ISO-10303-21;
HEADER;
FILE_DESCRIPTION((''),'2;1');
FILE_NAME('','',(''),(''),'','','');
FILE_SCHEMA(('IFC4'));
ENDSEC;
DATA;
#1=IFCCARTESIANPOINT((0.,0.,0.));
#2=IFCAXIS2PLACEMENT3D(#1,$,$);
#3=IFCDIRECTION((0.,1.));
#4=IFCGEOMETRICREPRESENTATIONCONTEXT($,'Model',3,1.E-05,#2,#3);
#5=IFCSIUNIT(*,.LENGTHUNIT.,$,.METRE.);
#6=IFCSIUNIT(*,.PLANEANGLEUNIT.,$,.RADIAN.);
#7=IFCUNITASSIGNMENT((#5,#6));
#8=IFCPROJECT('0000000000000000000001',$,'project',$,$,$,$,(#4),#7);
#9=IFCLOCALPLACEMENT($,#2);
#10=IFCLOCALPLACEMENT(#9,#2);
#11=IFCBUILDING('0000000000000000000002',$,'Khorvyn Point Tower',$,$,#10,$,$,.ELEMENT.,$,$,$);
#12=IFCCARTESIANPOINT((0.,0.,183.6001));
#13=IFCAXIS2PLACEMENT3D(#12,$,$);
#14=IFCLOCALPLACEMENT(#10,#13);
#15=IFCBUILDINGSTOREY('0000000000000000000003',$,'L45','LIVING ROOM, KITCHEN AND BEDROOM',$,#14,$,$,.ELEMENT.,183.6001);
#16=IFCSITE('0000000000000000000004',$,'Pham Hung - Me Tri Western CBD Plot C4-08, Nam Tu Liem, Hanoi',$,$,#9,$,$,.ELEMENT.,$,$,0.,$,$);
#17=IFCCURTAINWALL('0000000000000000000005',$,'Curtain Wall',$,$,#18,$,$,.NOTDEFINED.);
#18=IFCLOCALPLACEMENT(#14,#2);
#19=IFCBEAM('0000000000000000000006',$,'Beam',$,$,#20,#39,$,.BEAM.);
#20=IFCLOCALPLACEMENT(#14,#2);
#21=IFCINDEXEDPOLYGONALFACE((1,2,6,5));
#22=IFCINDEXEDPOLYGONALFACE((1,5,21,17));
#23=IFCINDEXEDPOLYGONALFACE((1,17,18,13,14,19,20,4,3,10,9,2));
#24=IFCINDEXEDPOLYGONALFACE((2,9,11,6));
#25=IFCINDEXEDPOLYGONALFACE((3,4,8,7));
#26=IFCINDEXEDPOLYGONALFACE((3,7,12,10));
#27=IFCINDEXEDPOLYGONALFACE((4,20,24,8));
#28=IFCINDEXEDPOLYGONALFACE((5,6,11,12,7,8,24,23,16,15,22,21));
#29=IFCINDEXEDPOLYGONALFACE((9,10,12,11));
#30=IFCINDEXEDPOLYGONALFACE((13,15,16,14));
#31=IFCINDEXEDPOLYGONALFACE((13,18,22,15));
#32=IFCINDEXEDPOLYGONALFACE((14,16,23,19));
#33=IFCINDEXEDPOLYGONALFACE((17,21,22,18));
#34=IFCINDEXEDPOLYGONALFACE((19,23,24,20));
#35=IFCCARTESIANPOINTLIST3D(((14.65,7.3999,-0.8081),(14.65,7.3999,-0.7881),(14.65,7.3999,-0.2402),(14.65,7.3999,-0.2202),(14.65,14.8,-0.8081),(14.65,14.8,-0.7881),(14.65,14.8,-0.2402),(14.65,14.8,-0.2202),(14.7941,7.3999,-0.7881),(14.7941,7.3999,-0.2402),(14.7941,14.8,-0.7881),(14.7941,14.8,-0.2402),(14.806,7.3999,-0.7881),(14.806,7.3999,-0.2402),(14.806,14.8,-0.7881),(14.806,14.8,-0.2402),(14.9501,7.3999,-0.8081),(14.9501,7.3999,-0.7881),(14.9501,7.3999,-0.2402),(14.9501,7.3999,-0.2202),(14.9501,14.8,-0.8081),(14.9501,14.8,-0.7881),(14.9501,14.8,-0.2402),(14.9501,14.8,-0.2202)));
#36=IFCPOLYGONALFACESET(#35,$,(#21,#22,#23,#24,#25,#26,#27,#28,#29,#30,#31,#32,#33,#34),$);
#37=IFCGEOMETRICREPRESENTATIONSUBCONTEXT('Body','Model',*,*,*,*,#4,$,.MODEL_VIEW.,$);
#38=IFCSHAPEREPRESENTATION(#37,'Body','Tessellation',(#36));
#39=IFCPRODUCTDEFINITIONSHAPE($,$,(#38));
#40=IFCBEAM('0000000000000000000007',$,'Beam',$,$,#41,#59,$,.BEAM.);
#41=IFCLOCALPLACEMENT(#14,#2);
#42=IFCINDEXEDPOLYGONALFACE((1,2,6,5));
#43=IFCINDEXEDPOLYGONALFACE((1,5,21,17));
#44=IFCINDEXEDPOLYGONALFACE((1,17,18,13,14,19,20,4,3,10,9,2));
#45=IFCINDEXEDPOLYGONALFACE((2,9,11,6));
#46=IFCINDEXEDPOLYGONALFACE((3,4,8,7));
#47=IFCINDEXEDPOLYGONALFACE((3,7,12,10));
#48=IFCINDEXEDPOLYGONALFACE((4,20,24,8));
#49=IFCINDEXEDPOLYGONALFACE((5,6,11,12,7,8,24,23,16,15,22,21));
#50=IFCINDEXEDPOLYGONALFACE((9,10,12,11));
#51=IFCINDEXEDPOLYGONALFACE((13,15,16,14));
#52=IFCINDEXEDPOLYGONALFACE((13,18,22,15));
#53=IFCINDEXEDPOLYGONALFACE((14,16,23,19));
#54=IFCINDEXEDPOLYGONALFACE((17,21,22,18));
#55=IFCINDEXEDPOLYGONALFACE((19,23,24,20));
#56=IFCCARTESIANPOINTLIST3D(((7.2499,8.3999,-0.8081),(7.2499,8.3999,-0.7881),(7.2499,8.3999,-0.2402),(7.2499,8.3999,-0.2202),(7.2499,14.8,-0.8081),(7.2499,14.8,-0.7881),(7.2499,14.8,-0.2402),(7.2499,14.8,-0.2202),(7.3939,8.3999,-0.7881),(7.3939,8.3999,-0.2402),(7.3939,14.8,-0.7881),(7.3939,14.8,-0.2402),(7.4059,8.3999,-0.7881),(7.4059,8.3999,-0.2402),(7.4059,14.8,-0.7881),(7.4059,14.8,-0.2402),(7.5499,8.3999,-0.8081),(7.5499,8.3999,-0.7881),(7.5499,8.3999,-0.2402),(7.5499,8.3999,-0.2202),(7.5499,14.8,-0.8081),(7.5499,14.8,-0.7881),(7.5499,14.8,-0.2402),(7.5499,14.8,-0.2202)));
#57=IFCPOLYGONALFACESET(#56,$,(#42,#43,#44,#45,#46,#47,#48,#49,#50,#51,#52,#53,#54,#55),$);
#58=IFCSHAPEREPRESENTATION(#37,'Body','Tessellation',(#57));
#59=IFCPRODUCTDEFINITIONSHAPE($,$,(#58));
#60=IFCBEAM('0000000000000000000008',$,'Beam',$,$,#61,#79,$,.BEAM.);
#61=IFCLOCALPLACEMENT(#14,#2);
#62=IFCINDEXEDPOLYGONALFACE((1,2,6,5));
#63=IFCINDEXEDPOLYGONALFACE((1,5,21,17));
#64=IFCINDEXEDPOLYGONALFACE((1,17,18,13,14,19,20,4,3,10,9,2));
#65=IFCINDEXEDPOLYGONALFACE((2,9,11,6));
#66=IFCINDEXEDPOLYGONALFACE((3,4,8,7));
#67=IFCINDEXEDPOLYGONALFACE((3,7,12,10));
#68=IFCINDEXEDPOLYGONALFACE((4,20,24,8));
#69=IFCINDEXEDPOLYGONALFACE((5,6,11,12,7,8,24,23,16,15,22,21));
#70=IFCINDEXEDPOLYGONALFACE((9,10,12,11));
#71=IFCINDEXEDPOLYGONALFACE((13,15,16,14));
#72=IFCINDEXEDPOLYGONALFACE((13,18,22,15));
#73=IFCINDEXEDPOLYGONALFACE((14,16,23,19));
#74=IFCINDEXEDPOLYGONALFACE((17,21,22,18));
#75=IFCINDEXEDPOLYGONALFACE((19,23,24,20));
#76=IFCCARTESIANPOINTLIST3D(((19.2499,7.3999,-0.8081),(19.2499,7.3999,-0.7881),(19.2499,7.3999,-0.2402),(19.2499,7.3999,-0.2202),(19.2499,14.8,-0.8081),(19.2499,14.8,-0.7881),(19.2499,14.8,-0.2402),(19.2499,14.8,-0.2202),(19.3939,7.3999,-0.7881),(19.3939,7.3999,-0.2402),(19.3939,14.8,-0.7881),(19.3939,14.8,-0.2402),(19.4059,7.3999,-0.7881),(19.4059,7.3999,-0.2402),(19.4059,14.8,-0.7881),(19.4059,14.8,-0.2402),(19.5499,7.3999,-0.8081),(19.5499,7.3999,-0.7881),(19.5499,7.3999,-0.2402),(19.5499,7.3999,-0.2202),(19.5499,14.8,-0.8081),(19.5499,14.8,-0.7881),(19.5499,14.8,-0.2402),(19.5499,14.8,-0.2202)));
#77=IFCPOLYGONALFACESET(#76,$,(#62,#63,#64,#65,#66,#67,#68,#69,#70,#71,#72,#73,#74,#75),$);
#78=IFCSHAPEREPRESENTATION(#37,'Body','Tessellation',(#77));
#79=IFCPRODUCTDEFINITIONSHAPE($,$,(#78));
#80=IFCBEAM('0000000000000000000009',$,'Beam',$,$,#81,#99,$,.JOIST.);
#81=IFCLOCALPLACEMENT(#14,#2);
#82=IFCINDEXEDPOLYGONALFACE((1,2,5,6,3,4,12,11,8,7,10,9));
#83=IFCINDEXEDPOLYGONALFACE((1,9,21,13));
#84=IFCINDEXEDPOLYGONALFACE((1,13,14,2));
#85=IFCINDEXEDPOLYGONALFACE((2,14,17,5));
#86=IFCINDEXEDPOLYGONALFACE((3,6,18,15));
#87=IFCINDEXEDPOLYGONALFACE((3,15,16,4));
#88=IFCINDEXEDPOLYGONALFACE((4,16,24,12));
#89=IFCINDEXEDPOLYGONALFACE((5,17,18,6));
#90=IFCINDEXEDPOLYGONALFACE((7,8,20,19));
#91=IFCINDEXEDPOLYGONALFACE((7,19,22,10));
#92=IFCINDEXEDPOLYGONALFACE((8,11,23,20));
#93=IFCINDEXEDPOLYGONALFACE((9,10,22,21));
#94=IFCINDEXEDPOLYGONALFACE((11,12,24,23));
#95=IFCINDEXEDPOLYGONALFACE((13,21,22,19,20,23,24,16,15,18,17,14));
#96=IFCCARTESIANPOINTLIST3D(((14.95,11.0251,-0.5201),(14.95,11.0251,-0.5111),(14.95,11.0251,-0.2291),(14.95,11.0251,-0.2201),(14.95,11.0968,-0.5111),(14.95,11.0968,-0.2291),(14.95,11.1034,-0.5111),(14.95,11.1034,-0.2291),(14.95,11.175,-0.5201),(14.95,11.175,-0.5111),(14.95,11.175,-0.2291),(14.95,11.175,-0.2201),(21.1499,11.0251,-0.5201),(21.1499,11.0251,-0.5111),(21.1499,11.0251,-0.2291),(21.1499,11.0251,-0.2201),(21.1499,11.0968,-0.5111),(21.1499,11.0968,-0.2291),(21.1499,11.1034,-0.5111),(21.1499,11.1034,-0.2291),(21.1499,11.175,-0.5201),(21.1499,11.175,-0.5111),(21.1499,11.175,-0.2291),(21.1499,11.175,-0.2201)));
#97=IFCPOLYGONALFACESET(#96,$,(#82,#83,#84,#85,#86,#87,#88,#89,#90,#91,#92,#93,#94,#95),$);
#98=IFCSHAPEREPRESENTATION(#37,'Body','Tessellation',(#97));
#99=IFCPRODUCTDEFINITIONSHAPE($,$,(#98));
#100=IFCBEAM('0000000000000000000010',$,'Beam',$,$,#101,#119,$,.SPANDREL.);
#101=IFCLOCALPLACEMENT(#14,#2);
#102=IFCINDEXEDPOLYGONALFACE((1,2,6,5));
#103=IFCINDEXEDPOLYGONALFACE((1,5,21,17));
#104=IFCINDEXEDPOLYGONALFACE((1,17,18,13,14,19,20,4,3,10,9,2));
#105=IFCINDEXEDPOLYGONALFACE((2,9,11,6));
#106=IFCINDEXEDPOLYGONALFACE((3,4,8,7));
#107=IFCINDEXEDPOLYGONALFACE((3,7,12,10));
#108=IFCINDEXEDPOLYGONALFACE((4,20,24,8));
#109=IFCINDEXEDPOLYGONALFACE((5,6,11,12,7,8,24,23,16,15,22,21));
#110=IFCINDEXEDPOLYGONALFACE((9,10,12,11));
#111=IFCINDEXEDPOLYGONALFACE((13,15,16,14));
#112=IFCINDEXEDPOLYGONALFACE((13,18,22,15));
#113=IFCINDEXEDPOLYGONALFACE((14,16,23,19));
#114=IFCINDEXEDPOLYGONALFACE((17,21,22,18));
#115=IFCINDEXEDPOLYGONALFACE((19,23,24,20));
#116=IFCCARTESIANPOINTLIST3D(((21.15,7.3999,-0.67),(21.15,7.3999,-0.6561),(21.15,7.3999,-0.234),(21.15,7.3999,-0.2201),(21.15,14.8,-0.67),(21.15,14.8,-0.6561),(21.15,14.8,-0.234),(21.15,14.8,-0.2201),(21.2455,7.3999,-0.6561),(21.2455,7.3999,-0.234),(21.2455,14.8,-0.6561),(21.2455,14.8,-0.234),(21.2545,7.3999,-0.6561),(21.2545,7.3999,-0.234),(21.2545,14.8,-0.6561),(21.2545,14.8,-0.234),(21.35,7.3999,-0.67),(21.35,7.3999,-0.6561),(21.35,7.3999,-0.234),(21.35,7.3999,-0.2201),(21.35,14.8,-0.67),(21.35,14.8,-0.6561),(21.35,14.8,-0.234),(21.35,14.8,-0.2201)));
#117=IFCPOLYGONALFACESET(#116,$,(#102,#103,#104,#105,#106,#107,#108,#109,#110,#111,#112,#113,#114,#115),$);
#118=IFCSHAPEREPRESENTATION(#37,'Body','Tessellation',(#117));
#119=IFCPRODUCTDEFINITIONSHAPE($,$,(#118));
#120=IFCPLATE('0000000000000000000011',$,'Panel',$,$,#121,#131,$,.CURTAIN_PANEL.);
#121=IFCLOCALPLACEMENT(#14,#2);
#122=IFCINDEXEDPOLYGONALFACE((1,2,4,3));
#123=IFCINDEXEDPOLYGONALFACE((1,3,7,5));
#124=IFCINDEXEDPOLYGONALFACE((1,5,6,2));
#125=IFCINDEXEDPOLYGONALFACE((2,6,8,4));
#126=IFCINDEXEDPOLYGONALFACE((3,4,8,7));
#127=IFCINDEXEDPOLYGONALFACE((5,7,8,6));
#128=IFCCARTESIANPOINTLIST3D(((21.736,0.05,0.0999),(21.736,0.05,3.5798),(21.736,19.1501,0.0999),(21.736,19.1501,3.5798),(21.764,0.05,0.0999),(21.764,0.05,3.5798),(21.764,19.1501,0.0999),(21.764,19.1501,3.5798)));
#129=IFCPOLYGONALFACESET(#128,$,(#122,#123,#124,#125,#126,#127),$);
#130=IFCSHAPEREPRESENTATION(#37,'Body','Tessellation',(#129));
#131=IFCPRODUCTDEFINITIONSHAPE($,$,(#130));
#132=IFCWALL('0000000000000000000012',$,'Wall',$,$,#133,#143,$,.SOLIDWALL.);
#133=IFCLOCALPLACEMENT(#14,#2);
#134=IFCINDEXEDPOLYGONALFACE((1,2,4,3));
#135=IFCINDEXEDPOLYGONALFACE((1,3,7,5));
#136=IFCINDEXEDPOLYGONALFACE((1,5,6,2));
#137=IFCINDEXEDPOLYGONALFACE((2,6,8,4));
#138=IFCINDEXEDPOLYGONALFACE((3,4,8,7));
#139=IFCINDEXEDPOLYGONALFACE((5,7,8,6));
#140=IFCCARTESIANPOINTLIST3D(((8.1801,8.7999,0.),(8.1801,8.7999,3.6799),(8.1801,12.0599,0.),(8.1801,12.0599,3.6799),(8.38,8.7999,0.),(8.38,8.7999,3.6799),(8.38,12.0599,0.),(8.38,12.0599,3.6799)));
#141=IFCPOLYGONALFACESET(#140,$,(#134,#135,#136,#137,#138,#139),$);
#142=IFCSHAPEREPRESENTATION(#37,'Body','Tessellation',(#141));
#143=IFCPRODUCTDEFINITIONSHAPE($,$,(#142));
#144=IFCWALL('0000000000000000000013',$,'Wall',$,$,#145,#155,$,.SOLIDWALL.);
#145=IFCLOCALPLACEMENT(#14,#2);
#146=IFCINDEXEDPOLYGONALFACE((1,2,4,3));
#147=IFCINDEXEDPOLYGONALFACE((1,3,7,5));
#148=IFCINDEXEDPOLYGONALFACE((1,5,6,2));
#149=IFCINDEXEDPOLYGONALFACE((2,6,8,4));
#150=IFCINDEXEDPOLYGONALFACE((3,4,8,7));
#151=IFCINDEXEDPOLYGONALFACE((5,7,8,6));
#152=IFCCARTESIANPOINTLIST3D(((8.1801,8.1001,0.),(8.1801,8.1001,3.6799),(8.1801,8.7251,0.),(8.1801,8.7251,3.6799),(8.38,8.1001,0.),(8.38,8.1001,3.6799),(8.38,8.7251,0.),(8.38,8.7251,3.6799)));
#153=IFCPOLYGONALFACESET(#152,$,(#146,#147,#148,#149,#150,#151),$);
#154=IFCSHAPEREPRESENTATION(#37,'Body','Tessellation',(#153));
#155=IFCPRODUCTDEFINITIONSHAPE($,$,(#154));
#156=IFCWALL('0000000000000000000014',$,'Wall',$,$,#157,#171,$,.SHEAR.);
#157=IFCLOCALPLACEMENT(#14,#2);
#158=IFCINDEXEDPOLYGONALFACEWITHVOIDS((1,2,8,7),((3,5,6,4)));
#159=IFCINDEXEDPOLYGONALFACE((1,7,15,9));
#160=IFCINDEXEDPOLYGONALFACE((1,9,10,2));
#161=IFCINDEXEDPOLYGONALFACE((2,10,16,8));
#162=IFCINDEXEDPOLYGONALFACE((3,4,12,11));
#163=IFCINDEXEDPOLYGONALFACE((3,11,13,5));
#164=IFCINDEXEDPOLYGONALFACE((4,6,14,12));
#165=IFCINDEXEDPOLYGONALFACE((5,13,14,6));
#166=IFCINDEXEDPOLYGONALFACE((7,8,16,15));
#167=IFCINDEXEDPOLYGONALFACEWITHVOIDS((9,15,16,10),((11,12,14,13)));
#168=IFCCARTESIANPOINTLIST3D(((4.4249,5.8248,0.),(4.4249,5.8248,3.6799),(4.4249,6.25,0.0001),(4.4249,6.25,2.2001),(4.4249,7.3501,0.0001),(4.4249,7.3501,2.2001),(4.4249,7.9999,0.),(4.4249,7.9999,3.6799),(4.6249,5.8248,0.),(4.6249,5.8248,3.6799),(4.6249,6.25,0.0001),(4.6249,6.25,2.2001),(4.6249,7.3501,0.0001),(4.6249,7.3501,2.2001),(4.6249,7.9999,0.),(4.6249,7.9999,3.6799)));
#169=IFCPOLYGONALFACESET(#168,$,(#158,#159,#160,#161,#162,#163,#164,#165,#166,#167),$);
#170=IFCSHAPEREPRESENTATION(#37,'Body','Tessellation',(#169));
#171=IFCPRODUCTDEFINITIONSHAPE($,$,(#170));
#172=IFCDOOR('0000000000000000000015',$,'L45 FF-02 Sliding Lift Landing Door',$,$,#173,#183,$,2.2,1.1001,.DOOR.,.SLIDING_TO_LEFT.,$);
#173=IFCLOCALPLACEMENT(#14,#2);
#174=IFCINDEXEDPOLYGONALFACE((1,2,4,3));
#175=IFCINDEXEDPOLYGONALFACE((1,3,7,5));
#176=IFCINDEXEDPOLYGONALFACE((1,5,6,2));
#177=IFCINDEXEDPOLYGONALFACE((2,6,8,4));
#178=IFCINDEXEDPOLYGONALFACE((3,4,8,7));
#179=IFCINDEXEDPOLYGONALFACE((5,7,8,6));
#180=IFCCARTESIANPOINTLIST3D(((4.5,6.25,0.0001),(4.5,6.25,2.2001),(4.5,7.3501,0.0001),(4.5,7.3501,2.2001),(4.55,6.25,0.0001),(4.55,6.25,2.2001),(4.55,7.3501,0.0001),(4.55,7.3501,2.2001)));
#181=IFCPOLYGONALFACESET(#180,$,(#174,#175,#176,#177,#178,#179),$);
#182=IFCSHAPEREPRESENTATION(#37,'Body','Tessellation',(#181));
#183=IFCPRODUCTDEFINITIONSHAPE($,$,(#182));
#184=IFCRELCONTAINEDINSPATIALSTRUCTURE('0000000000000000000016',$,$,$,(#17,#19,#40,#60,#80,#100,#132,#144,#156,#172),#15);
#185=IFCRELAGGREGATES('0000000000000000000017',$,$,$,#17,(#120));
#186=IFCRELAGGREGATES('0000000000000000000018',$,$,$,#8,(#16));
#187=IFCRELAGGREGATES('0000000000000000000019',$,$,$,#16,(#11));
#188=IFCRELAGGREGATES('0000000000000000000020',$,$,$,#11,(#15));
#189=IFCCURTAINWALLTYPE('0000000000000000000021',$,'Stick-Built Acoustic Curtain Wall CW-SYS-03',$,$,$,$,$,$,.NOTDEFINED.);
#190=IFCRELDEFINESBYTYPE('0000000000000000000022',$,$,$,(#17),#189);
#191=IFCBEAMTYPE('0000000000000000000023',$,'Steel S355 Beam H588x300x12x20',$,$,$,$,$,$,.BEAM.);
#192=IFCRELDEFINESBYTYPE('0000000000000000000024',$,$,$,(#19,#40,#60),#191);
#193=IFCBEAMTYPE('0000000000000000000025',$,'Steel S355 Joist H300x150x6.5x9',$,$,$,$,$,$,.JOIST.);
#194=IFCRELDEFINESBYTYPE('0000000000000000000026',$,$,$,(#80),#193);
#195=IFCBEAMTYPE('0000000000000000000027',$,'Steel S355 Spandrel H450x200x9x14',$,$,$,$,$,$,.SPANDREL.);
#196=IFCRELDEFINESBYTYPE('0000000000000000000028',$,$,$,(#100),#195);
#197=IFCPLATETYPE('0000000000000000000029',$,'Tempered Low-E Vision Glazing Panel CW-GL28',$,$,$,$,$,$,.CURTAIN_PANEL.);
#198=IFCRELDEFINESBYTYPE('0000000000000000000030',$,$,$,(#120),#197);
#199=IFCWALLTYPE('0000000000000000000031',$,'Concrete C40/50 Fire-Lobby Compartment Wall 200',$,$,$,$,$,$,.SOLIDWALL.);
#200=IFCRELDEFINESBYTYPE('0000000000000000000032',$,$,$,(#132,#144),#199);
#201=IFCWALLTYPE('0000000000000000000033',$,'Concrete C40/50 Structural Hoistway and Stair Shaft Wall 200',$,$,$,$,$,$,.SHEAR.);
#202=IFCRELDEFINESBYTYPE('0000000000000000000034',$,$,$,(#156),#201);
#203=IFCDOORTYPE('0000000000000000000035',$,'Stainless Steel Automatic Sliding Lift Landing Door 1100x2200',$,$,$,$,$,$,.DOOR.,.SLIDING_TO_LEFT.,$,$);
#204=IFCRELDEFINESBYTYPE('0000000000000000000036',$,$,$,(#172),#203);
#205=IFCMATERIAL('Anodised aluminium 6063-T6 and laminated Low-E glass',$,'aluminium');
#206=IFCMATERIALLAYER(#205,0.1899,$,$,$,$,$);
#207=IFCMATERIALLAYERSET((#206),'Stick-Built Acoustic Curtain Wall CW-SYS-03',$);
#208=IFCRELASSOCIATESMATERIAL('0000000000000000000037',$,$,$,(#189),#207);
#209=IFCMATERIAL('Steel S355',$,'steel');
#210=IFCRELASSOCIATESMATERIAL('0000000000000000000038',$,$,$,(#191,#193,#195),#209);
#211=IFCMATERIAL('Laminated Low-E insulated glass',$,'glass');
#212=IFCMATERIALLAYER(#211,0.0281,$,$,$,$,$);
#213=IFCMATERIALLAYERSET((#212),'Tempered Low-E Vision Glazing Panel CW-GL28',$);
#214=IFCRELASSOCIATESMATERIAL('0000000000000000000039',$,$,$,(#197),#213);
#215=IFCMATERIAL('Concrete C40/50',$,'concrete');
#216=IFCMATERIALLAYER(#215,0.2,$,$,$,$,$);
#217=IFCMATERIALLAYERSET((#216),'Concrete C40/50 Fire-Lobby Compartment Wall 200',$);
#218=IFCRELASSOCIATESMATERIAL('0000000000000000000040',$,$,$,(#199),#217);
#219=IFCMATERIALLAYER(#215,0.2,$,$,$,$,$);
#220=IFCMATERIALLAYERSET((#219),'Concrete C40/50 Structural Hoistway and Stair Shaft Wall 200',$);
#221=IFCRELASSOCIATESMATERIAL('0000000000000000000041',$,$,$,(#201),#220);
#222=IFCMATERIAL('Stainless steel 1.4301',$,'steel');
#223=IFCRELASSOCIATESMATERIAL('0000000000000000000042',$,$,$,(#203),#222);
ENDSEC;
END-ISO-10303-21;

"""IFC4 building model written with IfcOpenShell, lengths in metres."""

from ifc_helpers import new_model, si_unit, direction, frame, frame_2d, origin, origin_2d, place, context, subcontext, project, spatial, rectangle, i_section, extrude, material, layer, layer_set, material_profile, profile_set, type_object, element, fill, aggregate, save


model = new_model("IFC4")

# Units and contexts
model_context = context("Model", 3, precision=1e-05, world=origin(), true_north=direction((0.0, 1.0)))
body_context = subcontext(model_context, "Body", "Model", "MODEL_VIEW")
ifc_project = project(units=[si_unit("LENGTHUNIT", "METRE"), si_unit("PLANEANGLEUNIT", "RADIAN")], contexts=[model_context])

# Site, building, storey
site_placement = place(None, origin())
site = spatial("IfcSite", under=ifc_project, at=site_placement, Name="Pham Hung - Me Tri Western CBD Plot C4-08, Nam Tu Liem, Hanoi", CompositionType="ELEMENT", RefElevation=0.0)
building_placement = place(site_placement, origin())
building = spatial("IfcBuilding", under=site, at=building_placement, Name="Khorvyn Point Tower", CompositionType="ELEMENT")
storey_placement = place(building_placement, frame((0.0, 0.0, 183.6001)))
storey = spatial("IfcBuildingStorey", under=building, at=storey_placement, Name="L45", Description="LIVING ROOM, KITCHEN AND BEDROOM", CompositionType="ELEMENT", Elevation=183.6001)

# Curtain wall
ifc_material_1 = material(Name="Anodised aluminium 6063-T6 and laminated Low-E glass", Category="aluminium")
ifc_layer_1 = layer(ifc_material_1, 0.1899)
ifc_layer_set_1 = layer_set([ifc_layer_1], Name="Stick-Built Acoustic Curtain Wall CW-SYS-03")
curtain_wall_type = type_object("IfcCurtainWallType", Name="Stick-Built Acoustic Curtain Wall CW-SYS-03", PredefinedType="NOTDEFINED", material=ifc_layer_set_1)
curtain_wall_placement = place(storey_placement, origin())
curtain_wall = element("IfcCurtainWall", 1, at=curtain_wall_placement, inside=storey, type_object=curtain_wall_type, Name="Curtain Wall", PredefinedType="NOTDEFINED")

# Beams
ifc_material_2 = material(Name="Steel S355", Category="steel")
ifc_material_profile_1 = material_profile(ifc_material_2, i_section(OverallWidth=0.3, OverallDepth=0.5879, WebThickness=0.012, FlangeThickness=0.02, at=origin_2d()))
ifc_profile_set_1 = profile_set([ifc_material_profile_1], Name="Steel S355 H588x300x12x20")
beam_type_1 = type_object("IfcBeamType", Name="Steel S355 Beam H588x300x12x20", PredefinedType="BEAM", material=ifc_profile_set_1)
beam_1_placement = place(storey_placement, frame((14.8, 7.3999, -0.5142), z_axis=(0.0, 1.0, 0.0), x_axis=(-1.0, 0.0, 0.0)))
element("IfcBeam", 2, at=beam_1_placement, inside=storey, type_object=beam_type_1, Name="Beam", PredefinedType="BEAM", context=body_context, shape_type="SweptSolid", body=[
    extrude(i_section(OverallWidth=0.3, OverallDepth=0.5879, WebThickness=0.012, FlangeThickness=0.02, at=origin_2d()), origin(), (0.0, 0.0, 1.0), 7.4001),
])
beam_2_placement = place(storey_placement, frame((7.3999, 8.3999, -0.5142), z_axis=(0.0, 1.0, 0.0), x_axis=(-1.0, 0.0, 0.0)))
element("IfcBeam", 3, at=beam_2_placement, inside=storey, type_object=beam_type_1, Name="Beam", PredefinedType="BEAM", context=body_context, shape_type="SweptSolid", body=[
    extrude(i_section(OverallWidth=0.3, OverallDepth=0.5879, WebThickness=0.012, FlangeThickness=0.02, at=origin_2d()), origin(), (0.0, 0.0, 1.0), 6.4001),
])
beam_3_placement = place(storey_placement, frame((19.3999, 7.3999, -0.5142), z_axis=(0.0, 1.0, 0.0), x_axis=(-1.0, 0.0, 0.0)))
element("IfcBeam", 4, at=beam_3_placement, inside=storey, type_object=beam_type_1, Name="Beam", PredefinedType="BEAM", context=body_context, shape_type="SweptSolid", body=[
    extrude(i_section(OverallWidth=0.3, OverallDepth=0.5879, WebThickness=0.012, FlangeThickness=0.02, at=origin_2d()), origin(), (0.0, 0.0, 1.0), 7.4001),
])
ifc_material_profile_2 = material_profile(ifc_material_2, i_section(OverallWidth=0.1499, OverallDepth=0.3, WebThickness=0.0066, FlangeThickness=0.009, at=origin_2d()))
ifc_profile_set_2 = profile_set([ifc_material_profile_2], Name="Steel S355 H300x150x6.5x9")
beam_type_2 = type_object("IfcBeamType", Name="Steel S355 Joist H300x150x6.5x9", PredefinedType="JOIST", material=ifc_profile_set_2)
beam_4_placement = place(storey_placement, frame((14.95, 11.1001, -0.3701), z_axis=(1.0, 0.0, 0.0), x_axis=(0.0, 1.0, 0.0)))
element("IfcBeam", 5, at=beam_4_placement, inside=storey, type_object=beam_type_2, Name="Beam", PredefinedType="JOIST", context=body_context, shape_type="SweptSolid", body=[
    extrude(i_section(OverallWidth=0.1499, OverallDepth=0.3, WebThickness=0.0066, FlangeThickness=0.009, at=origin_2d()), origin(), (0.0, 0.0, 1.0), 6.2),
])
ifc_material_profile_3 = material_profile(ifc_material_2, i_section(OverallWidth=0.2, OverallDepth=0.45, WebThickness=0.009, FlangeThickness=0.0139, at=origin_2d()))
ifc_profile_set_3 = profile_set([ifc_material_profile_3], Name="Steel S355 H450x200x9x14")
beam_type_3 = type_object("IfcBeamType", Name="Steel S355 Spandrel H450x200x9x14", PredefinedType="SPANDREL", material=ifc_profile_set_3)
beam_5_placement = place(storey_placement, frame((21.25, 7.3999, -0.4451), z_axis=(0.0, 1.0, 0.0), x_axis=(-1.0, 0.0, 0.0)))
element("IfcBeam", 6, at=beam_5_placement, inside=storey, type_object=beam_type_3, Name="Beam", PredefinedType="SPANDREL", context=body_context, shape_type="SweptSolid", body=[
    extrude(i_section(OverallWidth=0.2, OverallDepth=0.45, WebThickness=0.009, FlangeThickness=0.0139, at=origin_2d()), origin(), (0.0, 0.0, 1.0), 7.4001),
])

# Plate
ifc_material_3 = material(Name="Laminated Low-E insulated glass", Category="glass")
ifc_layer_2 = layer(ifc_material_3, 0.0281)
ifc_layer_set_2 = layer_set([ifc_layer_2], Name="Tempered Low-E Vision Glazing Panel CW-GL28")
plate_type = type_object("IfcPlateType", Name="Tempered Low-E Vision Glazing Panel CW-GL28", PredefinedType="CURTAIN_PANEL", material=ifc_layer_set_2)
plate_placement = place(storey_placement, frame((21.75, 9.6001, 0.0999), z_axis=(0.0, 0.0, 1.0), x_axis=(0.0, -1.0, 0.0)))
plate = element("IfcPlate", 7, at=plate_placement, type_object=plate_type, Name="Panel", PredefinedType="CURTAIN_PANEL", context=body_context, shape_type="SweptSolid", body=[
    extrude(rectangle(XDim=19.1001, YDim=0.0281, at=origin_2d()), origin(), (0.0, 0.0, 1.0), 3.48),
])
aggregate(curtain_wall, [plate])

# Shared definitions
ifc_material_4 = material(Name="Concrete C40/50", Category="concrete")
ifc_layer_3 = layer(ifc_material_4, 0.2)
ifc_layer_set_3 = layer_set([ifc_layer_3], Name="Concrete C40/50 Fire-Lobby Compartment Wall 200")
wall_type_1 = type_object("IfcWallType", Name="Concrete C40/50 Fire-Lobby Compartment Wall 200", PredefinedType="SOLIDWALL", material=ifc_layer_set_3)

# Walls
wall_1_placement = place(storey_placement, frame((8.28, 8.8, 0.0), z_axis=(0.0, 0.0, 1.0), x_axis=(0.0, 1.0, 0.0)))
element("IfcWall", 8, at=wall_1_placement, inside=storey, type_object=wall_type_1, Name="Wall", PredefinedType="SOLIDWALL", context=body_context, shape_type="SweptSolid", body=[
    extrude(rectangle(XDim=3.26, YDim=0.2, at=frame_2d((1.6299, 0.0))), origin(), (0.0, 0.0, 1.0), 3.6799),
])
wall_2_placement = place(storey_placement, frame((8.28, 8.1001, 0.0), z_axis=(0.0, 0.0, 1.0), x_axis=(0.0, 1.0, 0.0)))
element("IfcWall", 9, at=wall_2_placement, inside=storey, type_object=wall_type_1, Name="Wall", PredefinedType="SOLIDWALL", context=body_context, shape_type="SweptSolid", body=[
    extrude(rectangle(XDim=0.625, YDim=0.2, at=frame_2d((0.3125, 0.0))), origin(), (0.0, 0.0, 1.0), 3.6799),
])

# Wall, opening, door
ifc_layer_4 = layer(ifc_material_4, 0.2)
ifc_layer_set_4 = layer_set([ifc_layer_4], Name="Concrete C40/50 Structural Hoistway and Stair Shaft Wall 200")
wall_type_2 = type_object("IfcWallType", Name="Concrete C40/50 Structural Hoistway and Stair Shaft Wall 200", PredefinedType="SHEAR", material=ifc_layer_set_4)
wall_3_placement = place(storey_placement, frame((4.5249, 5.825, 0.0), z_axis=(0.0, 0.0, 1.0), x_axis=(0.0, 1.0, 0.0)))
wall_3 = element("IfcWall", 10, at=wall_3_placement, inside=storey, type_object=wall_type_2, Name="Wall", PredefinedType="SHEAR", context=body_context, shape_type="SweptSolid", body=[
    extrude(rectangle(XDim=2.175, YDim=0.2, at=frame_2d((1.0874, 0.0))), origin(), (0.0, 0.0, 1.0), 3.6799),
])
opening_1_placement = place(wall_3_placement, frame((0.425, 0.0, 0.0)))
opening_1 = element("IfcOpeningElement", 11, at=opening_1_placement, cuts=wall_3, PredefinedType="OPENING", context=body_context, shape_type="SweptSolid", body=[
    extrude(rectangle(XDim=1.1001, YDim=2.2, at=frame_2d((0.55, 1.1001))), frame((0.0, 0.1099, 0.0), z_axis=(0.0, -1.0, 0.0), x_axis=(1.0, 0.0, 0.0)), (0.0, 0.0, 1.0), 0.22),
])
ifc_material_5 = material(Name="Stainless steel 1.4301", Category="steel")
door_type_1 = type_object("IfcDoorType", Name="Stainless Steel Automatic Sliding Lift Landing Door 1100x2200", OperationType="SLIDING_TO_LEFT", PredefinedType="DOOR", material=ifc_material_5)
door_1_placement = place(opening_1_placement, origin())
door_1 = element("IfcDoor", 12, at=door_1_placement, inside=storey, type_object=door_type_1, Name="L45 FF-02 Sliding Lift Landing Door", OperationType="SLIDING_TO_LEFT", OverallHeight=2.2, OverallWidth=1.1001, PredefinedType="DOOR", context=body_context, shape_type="SweptSolid", body=[
    extrude(rectangle(XDim=1.1001, YDim=2.2, at=frame_2d((0.55, 1.1001))), frame((0.0, 0.0249, 0.0), z_axis=(0.0, -1.0, 0.0), x_axis=(1.0, 0.0, 0.0)), (0.0, 0.0, 1.0), 0.05),
])
fill(opening_1, door_1)

save(model, "model.ifc")
